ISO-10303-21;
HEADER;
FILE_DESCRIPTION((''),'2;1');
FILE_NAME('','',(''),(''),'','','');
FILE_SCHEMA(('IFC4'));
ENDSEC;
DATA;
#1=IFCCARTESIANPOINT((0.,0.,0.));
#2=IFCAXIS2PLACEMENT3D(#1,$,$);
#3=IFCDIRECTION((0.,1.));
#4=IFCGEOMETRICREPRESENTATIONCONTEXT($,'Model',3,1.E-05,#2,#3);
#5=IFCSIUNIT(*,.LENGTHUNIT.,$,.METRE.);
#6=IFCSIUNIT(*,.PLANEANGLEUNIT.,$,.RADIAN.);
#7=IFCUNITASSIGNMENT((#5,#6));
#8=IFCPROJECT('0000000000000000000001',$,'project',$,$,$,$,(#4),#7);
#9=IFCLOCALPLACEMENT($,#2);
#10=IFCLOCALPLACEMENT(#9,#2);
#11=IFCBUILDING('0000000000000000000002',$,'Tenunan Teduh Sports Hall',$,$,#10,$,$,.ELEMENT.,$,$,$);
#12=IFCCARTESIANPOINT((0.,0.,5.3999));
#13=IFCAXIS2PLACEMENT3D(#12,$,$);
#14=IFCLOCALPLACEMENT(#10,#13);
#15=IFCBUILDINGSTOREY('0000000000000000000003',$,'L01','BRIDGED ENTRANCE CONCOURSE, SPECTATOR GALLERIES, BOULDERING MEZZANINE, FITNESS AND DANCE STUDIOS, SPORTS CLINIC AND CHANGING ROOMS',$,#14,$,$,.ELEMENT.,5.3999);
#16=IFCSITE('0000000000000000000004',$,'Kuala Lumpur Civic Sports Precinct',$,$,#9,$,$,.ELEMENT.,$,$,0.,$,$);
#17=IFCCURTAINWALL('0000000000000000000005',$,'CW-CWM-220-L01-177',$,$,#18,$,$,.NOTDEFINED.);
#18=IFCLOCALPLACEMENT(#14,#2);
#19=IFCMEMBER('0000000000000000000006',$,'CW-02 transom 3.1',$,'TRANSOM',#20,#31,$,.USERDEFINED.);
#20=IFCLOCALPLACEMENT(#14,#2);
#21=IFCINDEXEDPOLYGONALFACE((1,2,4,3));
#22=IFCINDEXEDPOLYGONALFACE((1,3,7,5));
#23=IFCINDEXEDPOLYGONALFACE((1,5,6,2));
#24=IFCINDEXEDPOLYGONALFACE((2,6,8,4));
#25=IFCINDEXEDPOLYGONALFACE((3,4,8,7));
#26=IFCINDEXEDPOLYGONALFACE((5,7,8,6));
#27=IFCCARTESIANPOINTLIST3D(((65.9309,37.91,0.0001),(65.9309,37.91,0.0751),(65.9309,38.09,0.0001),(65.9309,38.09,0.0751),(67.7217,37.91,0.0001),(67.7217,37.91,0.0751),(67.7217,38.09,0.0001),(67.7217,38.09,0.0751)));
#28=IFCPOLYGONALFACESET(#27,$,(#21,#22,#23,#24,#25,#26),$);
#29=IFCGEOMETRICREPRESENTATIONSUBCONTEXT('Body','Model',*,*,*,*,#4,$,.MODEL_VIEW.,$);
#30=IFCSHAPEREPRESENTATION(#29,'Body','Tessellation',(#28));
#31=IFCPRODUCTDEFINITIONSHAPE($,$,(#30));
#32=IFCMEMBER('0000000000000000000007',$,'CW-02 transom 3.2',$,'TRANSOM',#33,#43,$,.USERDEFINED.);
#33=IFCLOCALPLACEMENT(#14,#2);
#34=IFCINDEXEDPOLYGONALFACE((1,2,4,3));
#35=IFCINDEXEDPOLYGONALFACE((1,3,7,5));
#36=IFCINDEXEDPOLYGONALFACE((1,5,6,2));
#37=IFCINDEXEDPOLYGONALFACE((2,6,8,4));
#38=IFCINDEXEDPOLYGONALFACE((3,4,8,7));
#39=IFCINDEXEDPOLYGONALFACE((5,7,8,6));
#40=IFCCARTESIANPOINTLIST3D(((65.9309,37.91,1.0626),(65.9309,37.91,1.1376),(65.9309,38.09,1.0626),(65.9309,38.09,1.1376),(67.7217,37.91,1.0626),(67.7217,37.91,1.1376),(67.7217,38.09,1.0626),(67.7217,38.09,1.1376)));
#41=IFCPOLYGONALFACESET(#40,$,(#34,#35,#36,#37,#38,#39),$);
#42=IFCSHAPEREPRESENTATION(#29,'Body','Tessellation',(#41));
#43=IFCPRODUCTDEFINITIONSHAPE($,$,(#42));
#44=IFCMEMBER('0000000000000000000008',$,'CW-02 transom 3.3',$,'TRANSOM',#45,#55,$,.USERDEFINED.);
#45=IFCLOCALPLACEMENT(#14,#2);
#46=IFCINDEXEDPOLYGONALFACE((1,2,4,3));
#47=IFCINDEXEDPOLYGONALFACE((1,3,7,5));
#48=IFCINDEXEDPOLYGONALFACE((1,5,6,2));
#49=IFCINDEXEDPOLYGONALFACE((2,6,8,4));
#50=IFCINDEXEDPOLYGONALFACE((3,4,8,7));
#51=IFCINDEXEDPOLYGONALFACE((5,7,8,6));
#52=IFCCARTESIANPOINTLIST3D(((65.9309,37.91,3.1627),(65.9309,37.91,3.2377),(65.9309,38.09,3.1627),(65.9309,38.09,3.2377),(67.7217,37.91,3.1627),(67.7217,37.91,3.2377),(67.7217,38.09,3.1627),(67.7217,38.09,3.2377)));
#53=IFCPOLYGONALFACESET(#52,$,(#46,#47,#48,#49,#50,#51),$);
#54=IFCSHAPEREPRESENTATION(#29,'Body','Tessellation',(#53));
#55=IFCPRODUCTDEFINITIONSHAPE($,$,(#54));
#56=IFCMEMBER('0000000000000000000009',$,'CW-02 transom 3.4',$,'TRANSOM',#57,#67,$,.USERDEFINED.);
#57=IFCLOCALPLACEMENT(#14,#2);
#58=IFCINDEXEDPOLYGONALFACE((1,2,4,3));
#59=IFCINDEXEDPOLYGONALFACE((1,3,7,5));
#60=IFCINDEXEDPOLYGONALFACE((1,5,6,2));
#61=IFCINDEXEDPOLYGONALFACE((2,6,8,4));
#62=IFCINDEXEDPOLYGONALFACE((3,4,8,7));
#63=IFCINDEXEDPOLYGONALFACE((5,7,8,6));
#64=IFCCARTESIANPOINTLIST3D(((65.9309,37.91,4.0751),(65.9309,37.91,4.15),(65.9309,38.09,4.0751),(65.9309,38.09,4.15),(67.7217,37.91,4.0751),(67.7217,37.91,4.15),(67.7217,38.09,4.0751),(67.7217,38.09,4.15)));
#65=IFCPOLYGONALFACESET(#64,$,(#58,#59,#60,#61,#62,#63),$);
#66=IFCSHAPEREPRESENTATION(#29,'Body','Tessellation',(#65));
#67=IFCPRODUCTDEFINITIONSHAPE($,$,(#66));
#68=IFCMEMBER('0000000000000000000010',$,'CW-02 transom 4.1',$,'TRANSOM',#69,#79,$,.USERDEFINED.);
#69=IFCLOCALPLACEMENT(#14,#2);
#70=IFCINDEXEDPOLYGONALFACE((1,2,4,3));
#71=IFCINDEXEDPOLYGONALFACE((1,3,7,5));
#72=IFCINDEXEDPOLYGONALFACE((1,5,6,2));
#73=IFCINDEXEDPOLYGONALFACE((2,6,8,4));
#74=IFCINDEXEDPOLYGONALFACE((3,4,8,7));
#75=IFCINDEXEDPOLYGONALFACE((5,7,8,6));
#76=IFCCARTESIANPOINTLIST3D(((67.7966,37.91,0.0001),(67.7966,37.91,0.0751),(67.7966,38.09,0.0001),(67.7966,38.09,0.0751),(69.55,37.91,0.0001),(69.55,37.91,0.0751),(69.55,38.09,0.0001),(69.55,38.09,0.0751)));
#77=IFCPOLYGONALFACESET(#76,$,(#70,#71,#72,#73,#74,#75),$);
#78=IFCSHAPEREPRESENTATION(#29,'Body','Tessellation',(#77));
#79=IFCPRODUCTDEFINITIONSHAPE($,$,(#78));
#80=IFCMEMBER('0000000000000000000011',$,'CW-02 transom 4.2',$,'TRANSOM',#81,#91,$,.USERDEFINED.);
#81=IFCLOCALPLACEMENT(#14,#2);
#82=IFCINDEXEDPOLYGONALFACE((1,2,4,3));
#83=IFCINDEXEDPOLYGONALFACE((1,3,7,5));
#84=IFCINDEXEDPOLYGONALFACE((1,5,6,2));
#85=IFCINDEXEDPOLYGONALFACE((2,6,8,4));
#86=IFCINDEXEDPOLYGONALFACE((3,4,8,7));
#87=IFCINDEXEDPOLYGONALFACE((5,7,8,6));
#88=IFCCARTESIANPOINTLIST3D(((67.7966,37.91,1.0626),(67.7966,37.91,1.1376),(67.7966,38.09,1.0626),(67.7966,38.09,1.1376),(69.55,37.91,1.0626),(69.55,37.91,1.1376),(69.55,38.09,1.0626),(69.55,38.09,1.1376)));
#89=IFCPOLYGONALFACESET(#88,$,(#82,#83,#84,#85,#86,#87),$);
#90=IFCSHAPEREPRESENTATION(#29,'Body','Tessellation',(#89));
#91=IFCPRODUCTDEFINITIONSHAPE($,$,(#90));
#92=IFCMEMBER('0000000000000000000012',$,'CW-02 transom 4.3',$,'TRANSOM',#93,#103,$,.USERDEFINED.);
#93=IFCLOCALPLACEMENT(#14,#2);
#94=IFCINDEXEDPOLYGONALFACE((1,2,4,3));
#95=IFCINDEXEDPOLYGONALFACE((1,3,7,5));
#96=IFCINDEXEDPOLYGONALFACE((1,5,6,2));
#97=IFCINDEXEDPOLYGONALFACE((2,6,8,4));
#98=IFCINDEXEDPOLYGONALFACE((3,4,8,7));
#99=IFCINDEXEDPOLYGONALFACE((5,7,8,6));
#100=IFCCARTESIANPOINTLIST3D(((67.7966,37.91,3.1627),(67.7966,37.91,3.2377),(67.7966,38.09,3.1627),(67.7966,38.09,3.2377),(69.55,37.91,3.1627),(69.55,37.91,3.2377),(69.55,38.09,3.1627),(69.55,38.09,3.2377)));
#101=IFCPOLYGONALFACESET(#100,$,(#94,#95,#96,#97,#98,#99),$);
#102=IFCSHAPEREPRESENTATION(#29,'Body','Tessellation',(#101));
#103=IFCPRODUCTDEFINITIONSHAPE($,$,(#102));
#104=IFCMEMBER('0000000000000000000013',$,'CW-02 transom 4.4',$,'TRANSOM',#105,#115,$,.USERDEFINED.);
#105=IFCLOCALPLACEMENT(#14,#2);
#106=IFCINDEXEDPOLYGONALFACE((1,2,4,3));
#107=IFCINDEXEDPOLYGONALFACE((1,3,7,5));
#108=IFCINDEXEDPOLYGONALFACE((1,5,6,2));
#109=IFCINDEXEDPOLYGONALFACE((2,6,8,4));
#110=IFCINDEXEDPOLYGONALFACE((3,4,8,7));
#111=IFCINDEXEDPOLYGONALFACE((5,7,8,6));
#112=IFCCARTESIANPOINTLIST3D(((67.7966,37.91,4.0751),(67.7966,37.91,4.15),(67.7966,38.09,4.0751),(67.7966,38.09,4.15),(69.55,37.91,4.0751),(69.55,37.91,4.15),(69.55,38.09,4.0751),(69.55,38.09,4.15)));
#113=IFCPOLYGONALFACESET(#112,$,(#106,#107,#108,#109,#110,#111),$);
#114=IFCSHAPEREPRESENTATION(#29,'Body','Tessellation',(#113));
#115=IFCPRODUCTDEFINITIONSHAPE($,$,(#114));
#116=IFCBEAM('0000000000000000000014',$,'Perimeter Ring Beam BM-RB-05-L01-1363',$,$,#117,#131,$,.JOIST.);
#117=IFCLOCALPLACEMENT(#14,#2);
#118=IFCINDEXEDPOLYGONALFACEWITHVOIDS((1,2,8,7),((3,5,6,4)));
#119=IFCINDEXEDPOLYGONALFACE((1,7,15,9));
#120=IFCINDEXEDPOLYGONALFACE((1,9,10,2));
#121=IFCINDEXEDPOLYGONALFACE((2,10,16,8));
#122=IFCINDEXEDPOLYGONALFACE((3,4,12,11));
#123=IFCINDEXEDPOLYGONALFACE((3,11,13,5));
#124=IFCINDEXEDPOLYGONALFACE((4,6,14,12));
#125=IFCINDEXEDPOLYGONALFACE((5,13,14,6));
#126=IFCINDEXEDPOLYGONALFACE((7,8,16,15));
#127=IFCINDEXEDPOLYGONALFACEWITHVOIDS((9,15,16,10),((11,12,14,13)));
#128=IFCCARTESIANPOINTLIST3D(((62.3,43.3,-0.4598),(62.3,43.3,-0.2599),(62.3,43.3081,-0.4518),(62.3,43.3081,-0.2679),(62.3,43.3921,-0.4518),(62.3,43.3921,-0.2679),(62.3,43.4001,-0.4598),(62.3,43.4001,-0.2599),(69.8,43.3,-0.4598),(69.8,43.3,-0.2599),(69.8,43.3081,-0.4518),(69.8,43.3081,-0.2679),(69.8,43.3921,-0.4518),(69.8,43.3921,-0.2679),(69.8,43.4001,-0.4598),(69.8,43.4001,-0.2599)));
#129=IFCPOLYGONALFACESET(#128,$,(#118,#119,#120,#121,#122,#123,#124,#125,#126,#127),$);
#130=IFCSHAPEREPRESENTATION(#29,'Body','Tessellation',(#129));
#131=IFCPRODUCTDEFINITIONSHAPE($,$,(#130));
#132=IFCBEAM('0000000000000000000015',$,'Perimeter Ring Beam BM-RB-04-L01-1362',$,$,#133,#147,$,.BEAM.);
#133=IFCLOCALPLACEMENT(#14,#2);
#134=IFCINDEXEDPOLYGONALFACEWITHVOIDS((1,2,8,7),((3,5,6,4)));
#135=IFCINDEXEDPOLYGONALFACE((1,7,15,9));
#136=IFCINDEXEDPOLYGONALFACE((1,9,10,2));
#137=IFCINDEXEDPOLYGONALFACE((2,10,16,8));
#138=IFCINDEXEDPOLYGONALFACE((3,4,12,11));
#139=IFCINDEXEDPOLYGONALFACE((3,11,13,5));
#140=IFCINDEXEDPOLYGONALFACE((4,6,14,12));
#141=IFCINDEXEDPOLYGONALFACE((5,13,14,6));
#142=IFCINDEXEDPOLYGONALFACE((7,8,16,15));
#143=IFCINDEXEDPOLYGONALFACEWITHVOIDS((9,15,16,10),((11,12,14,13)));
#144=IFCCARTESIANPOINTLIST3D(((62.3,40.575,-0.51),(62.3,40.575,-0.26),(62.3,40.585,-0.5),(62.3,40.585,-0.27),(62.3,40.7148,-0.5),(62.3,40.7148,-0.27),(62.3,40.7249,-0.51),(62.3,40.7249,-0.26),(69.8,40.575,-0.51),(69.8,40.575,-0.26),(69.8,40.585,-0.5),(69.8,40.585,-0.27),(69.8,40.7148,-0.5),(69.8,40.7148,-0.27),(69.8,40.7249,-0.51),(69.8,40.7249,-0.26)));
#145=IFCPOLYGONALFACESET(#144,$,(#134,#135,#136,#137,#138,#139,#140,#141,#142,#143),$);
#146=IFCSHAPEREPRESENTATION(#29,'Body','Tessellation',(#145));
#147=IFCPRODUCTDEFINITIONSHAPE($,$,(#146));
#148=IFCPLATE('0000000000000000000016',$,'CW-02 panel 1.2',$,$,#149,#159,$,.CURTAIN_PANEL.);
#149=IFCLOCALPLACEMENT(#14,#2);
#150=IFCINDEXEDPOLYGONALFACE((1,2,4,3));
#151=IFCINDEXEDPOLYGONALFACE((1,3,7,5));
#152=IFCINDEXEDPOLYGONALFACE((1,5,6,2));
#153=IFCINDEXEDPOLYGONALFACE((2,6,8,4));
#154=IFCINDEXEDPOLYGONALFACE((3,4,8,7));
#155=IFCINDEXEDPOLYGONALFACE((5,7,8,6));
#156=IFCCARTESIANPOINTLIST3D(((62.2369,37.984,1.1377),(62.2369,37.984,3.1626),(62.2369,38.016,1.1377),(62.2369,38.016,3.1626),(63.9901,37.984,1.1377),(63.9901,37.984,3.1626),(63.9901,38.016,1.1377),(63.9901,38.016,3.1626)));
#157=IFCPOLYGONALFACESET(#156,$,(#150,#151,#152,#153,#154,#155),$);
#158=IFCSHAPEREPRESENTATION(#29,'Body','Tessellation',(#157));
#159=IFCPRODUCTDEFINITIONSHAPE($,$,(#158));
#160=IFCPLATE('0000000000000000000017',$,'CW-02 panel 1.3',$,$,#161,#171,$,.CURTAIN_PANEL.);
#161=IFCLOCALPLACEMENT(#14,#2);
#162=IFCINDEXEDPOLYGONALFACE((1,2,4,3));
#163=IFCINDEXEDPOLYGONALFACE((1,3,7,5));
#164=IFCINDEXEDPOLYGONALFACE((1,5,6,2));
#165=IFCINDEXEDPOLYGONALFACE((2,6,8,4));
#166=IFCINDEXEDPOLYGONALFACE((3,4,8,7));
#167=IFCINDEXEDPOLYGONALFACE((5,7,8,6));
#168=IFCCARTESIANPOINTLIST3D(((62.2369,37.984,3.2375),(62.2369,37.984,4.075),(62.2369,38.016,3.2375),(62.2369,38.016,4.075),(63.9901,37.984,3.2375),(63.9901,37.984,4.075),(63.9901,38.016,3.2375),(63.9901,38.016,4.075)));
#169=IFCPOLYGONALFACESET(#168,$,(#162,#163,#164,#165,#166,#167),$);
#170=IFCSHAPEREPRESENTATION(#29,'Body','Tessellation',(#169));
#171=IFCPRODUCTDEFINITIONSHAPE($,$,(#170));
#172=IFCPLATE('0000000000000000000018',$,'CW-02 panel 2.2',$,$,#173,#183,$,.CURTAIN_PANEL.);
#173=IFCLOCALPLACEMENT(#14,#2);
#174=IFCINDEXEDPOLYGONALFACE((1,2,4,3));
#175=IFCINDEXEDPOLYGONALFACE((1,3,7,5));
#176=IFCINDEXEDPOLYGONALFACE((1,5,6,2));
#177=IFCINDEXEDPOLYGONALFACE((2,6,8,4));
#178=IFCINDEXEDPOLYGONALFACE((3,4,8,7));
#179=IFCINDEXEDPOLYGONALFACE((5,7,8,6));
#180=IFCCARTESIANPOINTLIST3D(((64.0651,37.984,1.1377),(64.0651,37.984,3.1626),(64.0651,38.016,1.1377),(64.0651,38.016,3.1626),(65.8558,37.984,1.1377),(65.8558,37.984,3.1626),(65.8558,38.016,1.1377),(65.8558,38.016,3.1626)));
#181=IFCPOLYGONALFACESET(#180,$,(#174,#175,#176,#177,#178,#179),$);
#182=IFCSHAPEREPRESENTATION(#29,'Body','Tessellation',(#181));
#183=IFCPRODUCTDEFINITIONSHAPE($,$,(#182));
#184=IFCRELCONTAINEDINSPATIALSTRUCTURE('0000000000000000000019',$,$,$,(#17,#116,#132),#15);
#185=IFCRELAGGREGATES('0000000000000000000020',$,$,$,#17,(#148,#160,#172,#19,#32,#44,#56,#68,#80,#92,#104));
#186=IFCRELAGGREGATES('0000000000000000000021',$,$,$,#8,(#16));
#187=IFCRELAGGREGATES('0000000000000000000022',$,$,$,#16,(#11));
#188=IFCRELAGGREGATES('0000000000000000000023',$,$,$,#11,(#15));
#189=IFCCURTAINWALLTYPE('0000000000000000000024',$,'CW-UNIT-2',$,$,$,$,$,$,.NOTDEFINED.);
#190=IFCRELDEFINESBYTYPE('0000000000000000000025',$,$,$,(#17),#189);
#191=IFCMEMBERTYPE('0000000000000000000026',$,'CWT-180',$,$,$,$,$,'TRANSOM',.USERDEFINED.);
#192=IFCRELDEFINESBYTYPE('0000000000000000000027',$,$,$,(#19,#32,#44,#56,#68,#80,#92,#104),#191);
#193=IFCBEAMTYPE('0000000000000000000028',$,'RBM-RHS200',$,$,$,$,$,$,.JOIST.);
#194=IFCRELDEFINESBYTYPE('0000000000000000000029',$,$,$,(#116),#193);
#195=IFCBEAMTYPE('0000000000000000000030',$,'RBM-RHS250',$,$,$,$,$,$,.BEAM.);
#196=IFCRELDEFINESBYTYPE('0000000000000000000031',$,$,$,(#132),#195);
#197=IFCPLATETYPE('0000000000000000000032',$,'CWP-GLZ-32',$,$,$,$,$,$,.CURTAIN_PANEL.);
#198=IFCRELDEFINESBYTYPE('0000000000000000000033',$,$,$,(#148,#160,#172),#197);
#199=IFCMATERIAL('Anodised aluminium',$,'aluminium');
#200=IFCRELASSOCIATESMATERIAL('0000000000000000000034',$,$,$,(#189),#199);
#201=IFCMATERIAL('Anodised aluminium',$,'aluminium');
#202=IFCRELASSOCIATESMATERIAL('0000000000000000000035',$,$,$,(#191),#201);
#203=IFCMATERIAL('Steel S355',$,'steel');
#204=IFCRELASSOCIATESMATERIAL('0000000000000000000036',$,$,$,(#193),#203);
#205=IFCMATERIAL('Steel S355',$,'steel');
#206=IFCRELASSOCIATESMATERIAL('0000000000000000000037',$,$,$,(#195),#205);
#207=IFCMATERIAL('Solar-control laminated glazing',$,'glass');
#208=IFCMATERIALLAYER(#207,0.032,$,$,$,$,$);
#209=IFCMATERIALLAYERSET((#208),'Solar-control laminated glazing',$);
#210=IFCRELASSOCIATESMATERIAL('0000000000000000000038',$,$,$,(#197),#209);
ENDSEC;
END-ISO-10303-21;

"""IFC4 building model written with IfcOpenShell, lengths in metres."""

from ifc_helpers import new_model, si_unit, direction, frame, origin, origin_2d, place, context, subcontext, project, spatial, rectangle, hollow_rectangle, extrude, material, layer, layer_set, material_profile, profile_set, type_object, element, aggregate, save


model = new_model("IFC4")

# Units and contexts
model_context = context("Model", 3, precision=1e-05, world=origin(), true_north=direction((0.0, 1.0)))
body_context = subcontext(model_context, "Body", "Model", "MODEL_VIEW")
ifc_project = project(units=[si_unit("LENGTHUNIT", "METRE"), si_unit("PLANEANGLEUNIT", "RADIAN")], contexts=[model_context])

# Site, building, storey
site_placement = place(None, origin())
site = spatial("IfcSite", under=ifc_project, at=site_placement, Name="Kuala Lumpur Civic Sports Precinct", CompositionType="ELEMENT", RefElevation=0.0)
building_placement = place(site_placement, origin())
building = spatial("IfcBuilding", under=site, at=building_placement, Name="Tenunan Teduh Sports Hall", CompositionType="ELEMENT")
storey_placement = place(building_placement, frame((0.0, 0.0, 5.3999)))
storey = spatial("IfcBuildingStorey", under=building, at=storey_placement, Name="L01", Description="BRIDGED ENTRANCE CONCOURSE, SPECTATOR GALLERIES, BOULDERING MEZZANINE, FITNESS AND DANCE STUDIOS, SPORTS CLINIC AND CHANGING ROOMS", CompositionType="ELEMENT", Elevation=5.3999)

# Curtain wall, members
ifc_material_1 = material(Name="Anodised aluminium", Category="aluminium")
curtain_wall_type = type_object("IfcCurtainWallType", Name="CW-UNIT-2", PredefinedType="NOTDEFINED", material=ifc_material_1)
curtain_wall_placement = place(storey_placement, origin())
curtain_wall = element("IfcCurtainWall", 1, at=curtain_wall_placement, inside=storey, type_object=curtain_wall_type, Name="CW-CWM-220-L01-177", PredefinedType="NOTDEFINED")
ifc_material_2 = material(Name="Anodised aluminium", Category="aluminium")
ifc_material_profile_1 = material_profile(ifc_material_2, rectangle(XDim=0.075, YDim=0.1799, at=origin_2d()), Name="CWT 75x180")
ifc_profile_set_1 = profile_set([ifc_material_profile_1], Name="Anodised aluminium")
member_type_1 = type_object("IfcMemberType", Name="CWT-180", ElementType="TRANSOM", PredefinedType="USERDEFINED", material=ifc_profile_set_1)
member_1_placement = place(storey_placement, frame((65.9309, 38.0, 0.0376), z_axis=(1.0, 0.0, 0.0), x_axis=(0.0, 0.0, 1.0)))
member_1 = element("IfcMember", 2, at=member_1_placement, type_object=member_type_1, Name="CW-02 transom 3.1", ObjectType="TRANSOM", PredefinedType="USERDEFINED", context=body_context, shape_type="SweptSolid", body=[
    extrude(rectangle(XDim=0.075, YDim=0.1799, at=origin_2d()), origin(), (0.0, 0.0, 1.0), 1.7908),
])
member_2_placement = place(storey_placement, frame((65.9309, 38.0, 1.1001), z_axis=(1.0, 0.0, 0.0), x_axis=(0.0, 0.0, 1.0)))
member_2 = element("IfcMember", 3, at=member_2_placement, type_object=member_type_1, Name="CW-02 transom 3.2", ObjectType="TRANSOM", PredefinedType="USERDEFINED", context=body_context, shape_type="SweptSolid", body=[
    extrude(rectangle(XDim=0.075, YDim=0.1799, at=origin_2d()), origin(), (0.0, 0.0, 1.0), 1.7908),
])
member_3_placement = place(storey_placement, frame((65.9309, 38.0, 3.2002), z_axis=(1.0, 0.0, 0.0), x_axis=(0.0, 0.0, 1.0)))
member_3 = element("IfcMember", 4, at=member_3_placement, type_object=member_type_1, Name="CW-02 transom 3.3", ObjectType="TRANSOM", PredefinedType="USERDEFINED", context=body_context, shape_type="SweptSolid", body=[
    extrude(rectangle(XDim=0.075, YDim=0.1799, at=origin_2d()), origin(), (0.0, 0.0, 1.0), 1.7908),
])
member_4_placement = place(storey_placement, frame((65.9309, 38.0, 4.1125), z_axis=(1.0, 0.0, 0.0), x_axis=(0.0, 0.0, 1.0)))
member_4 = element("IfcMember", 5, at=member_4_placement, type_object=member_type_1, Name="CW-02 transom 3.4", ObjectType="TRANSOM", PredefinedType="USERDEFINED", context=body_context, shape_type="SweptSolid", body=[
    extrude(rectangle(XDim=0.075, YDim=0.1799, at=origin_2d()), origin(), (0.0, 0.0, 1.0), 1.7908),
])
member_5_placement = place(storey_placement, frame((67.7966, 38.0, 0.0376), z_axis=(1.0, 0.0, 0.0), x_axis=(0.0, 0.0, 1.0)))
member_5 = element("IfcMember", 6, at=member_5_placement, type_object=member_type_1, Name="CW-02 transom 4.1", ObjectType="TRANSOM", PredefinedType="USERDEFINED", context=body_context, shape_type="SweptSolid", body=[
    extrude(rectangle(XDim=0.075, YDim=0.1799, at=origin_2d()), origin(), (0.0, 0.0, 1.0), 1.7534),
])
member_6_placement = place(storey_placement, frame((67.7966, 38.0, 1.1001), z_axis=(1.0, 0.0, 0.0), x_axis=(0.0, 0.0, 1.0)))
member_6 = element("IfcMember", 7, at=member_6_placement, type_object=member_type_1, Name="CW-02 transom 4.2", ObjectType="TRANSOM", PredefinedType="USERDEFINED", context=body_context, shape_type="SweptSolid", body=[
    extrude(rectangle(XDim=0.075, YDim=0.1799, at=origin_2d()), origin(), (0.0, 0.0, 1.0), 1.7534),
])
member_7_placement = place(storey_placement, frame((67.7966, 38.0, 3.2002), z_axis=(1.0, 0.0, 0.0), x_axis=(0.0, 0.0, 1.0)))
member_7 = element("IfcMember", 8, at=member_7_placement, type_object=member_type_1, Name="CW-02 transom 4.3", ObjectType="TRANSOM", PredefinedType="USERDEFINED", context=body_context, shape_type="SweptSolid", body=[
    extrude(rectangle(XDim=0.075, YDim=0.1799, at=origin_2d()), origin(), (0.0, 0.0, 1.0), 1.7534),
])
member_8_placement = place(storey_placement, frame((67.7966, 38.0, 4.1125), z_axis=(1.0, 0.0, 0.0), x_axis=(0.0, 0.0, 1.0)))
member_8 = element("IfcMember", 9, at=member_8_placement, type_object=member_type_1, Name="CW-02 transom 4.4", ObjectType="TRANSOM", PredefinedType="USERDEFINED", context=body_context, shape_type="SweptSolid", body=[
    extrude(rectangle(XDim=0.075, YDim=0.1799, at=origin_2d()), origin(), (0.0, 0.0, 1.0), 1.7534),
])

# Beams
ifc_material_3 = material(Name="Steel S355", Category="steel")
ifc_material_profile_2 = material_profile(ifc_material_3, hollow_rectangle(XDim=0.1001, YDim=0.2, WallThickness=0.0081, at=origin_2d()), Name="RHS 200x100x8.0")
ifc_profile_set_2 = profile_set([ifc_material_profile_2], Name="Steel S355")
beam_type_1 = type_object("IfcBeamType", Name="RBM-RHS200", PredefinedType="JOIST", material=ifc_profile_set_2)
beam_1_placement = place(storey_placement, frame((62.3, 43.3501, -0.3599), z_axis=(1.0, 0.0, 0.0), x_axis=(0.0, 1.0, 0.0)))
element("IfcBeam", 10, at=beam_1_placement, inside=storey, type_object=beam_type_1, Name="Perimeter Ring Beam BM-RB-05-L01-1363", PredefinedType="JOIST", context=body_context, shape_type="SweptSolid", body=[
    extrude(hollow_rectangle(XDim=0.1001, YDim=0.2, WallThickness=0.0081, at=origin_2d()), origin(), (0.0, 0.0, 1.0), 7.5),
])
ifc_material_4 = material(Name="Steel S355", Category="steel")
ifc_material_profile_3 = material_profile(ifc_material_4, hollow_rectangle(XDim=0.1499, YDim=0.25, WallThickness=0.01, at=origin_2d()), Name="RHS 250x150x10.0")
ifc_profile_set_3 = profile_set([ifc_material_profile_3], Name="Steel S355")
beam_type_2 = type_object("IfcBeamType", Name="RBM-RHS250", PredefinedType="BEAM", material=ifc_profile_set_3)
beam_2_placement = place(storey_placement, frame((62.3, 40.6499, -0.385), z_axis=(1.0, 0.0, 0.0), x_axis=(0.0, 1.0, 0.0)))
element("IfcBeam", 11, at=beam_2_placement, inside=storey, type_object=beam_type_2, Name="Perimeter Ring Beam BM-RB-04-L01-1362", PredefinedType="BEAM", context=body_context, shape_type="SweptSolid", body=[
    extrude(hollow_rectangle(XDim=0.1499, YDim=0.25, WallThickness=0.01, at=origin_2d()), origin(), (0.0, 0.0, 1.0), 7.5),
])

# Plates
ifc_material_5 = material(Name="Solar-control laminated glazing", Category="glass")
ifc_layer_1 = layer(ifc_material_5, 0.032)
ifc_layer_set_1 = layer_set([ifc_layer_1], Name="Solar-control laminated glazing")
plate_type_1 = type_object("IfcPlateType", Name="CWP-GLZ-32", PredefinedType="CURTAIN_PANEL", material=ifc_layer_set_1)
plate_1_placement = place(storey_placement, frame((63.1135, 38.0, 1.1377), z_axis=(0.0, 0.0, 1.0), x_axis=(1.0, 0.0, 0.0)))
plate_1 = element("IfcPlate", 12, at=plate_1_placement, type_object=plate_type_1, Name="CW-02 panel 1.2", PredefinedType="CURTAIN_PANEL", context=body_context, shape_type="SweptSolid", body=[
    extrude(rectangle(XDim=1.7532, YDim=0.032, at=origin_2d()), origin(), (0.0, 0.0, 1.0), 2.0249),
])
plate_2_placement = place(storey_placement, frame((63.1135, 38.0, 3.2375), z_axis=(0.0, 0.0, 1.0), x_axis=(1.0, 0.0, 0.0)))
plate_2 = element("IfcPlate", 13, at=plate_2_placement, type_object=plate_type_1, Name="CW-02 panel 1.3", PredefinedType="CURTAIN_PANEL", context=body_context, shape_type="SweptSolid", body=[
    extrude(rectangle(XDim=1.7532, YDim=0.032, at=origin_2d()), origin(), (0.0, 0.0, 1.0), 0.8374),
])
plate_3_placement = place(storey_placement, frame((64.9604, 38.0, 1.1377), z_axis=(0.0, 0.0, 1.0), x_axis=(1.0, 0.0, 0.0)))
plate_3 = element("IfcPlate", 14, at=plate_3_placement, type_object=plate_type_1, Name="CW-02 panel 2.2", PredefinedType="CURTAIN_PANEL", context=body_context, shape_type="SweptSolid", body=[
    extrude(rectangle(XDim=1.7908, YDim=0.032, at=origin_2d()), origin(), (0.0, 0.0, 1.0), 2.0249),
])
aggregate(curtain_wall, [plate_1, plate_2, plate_3, member_1, member_2, member_3, member_4, member_5, member_6, member_7, member_8])

save(model, "model.ifc")
